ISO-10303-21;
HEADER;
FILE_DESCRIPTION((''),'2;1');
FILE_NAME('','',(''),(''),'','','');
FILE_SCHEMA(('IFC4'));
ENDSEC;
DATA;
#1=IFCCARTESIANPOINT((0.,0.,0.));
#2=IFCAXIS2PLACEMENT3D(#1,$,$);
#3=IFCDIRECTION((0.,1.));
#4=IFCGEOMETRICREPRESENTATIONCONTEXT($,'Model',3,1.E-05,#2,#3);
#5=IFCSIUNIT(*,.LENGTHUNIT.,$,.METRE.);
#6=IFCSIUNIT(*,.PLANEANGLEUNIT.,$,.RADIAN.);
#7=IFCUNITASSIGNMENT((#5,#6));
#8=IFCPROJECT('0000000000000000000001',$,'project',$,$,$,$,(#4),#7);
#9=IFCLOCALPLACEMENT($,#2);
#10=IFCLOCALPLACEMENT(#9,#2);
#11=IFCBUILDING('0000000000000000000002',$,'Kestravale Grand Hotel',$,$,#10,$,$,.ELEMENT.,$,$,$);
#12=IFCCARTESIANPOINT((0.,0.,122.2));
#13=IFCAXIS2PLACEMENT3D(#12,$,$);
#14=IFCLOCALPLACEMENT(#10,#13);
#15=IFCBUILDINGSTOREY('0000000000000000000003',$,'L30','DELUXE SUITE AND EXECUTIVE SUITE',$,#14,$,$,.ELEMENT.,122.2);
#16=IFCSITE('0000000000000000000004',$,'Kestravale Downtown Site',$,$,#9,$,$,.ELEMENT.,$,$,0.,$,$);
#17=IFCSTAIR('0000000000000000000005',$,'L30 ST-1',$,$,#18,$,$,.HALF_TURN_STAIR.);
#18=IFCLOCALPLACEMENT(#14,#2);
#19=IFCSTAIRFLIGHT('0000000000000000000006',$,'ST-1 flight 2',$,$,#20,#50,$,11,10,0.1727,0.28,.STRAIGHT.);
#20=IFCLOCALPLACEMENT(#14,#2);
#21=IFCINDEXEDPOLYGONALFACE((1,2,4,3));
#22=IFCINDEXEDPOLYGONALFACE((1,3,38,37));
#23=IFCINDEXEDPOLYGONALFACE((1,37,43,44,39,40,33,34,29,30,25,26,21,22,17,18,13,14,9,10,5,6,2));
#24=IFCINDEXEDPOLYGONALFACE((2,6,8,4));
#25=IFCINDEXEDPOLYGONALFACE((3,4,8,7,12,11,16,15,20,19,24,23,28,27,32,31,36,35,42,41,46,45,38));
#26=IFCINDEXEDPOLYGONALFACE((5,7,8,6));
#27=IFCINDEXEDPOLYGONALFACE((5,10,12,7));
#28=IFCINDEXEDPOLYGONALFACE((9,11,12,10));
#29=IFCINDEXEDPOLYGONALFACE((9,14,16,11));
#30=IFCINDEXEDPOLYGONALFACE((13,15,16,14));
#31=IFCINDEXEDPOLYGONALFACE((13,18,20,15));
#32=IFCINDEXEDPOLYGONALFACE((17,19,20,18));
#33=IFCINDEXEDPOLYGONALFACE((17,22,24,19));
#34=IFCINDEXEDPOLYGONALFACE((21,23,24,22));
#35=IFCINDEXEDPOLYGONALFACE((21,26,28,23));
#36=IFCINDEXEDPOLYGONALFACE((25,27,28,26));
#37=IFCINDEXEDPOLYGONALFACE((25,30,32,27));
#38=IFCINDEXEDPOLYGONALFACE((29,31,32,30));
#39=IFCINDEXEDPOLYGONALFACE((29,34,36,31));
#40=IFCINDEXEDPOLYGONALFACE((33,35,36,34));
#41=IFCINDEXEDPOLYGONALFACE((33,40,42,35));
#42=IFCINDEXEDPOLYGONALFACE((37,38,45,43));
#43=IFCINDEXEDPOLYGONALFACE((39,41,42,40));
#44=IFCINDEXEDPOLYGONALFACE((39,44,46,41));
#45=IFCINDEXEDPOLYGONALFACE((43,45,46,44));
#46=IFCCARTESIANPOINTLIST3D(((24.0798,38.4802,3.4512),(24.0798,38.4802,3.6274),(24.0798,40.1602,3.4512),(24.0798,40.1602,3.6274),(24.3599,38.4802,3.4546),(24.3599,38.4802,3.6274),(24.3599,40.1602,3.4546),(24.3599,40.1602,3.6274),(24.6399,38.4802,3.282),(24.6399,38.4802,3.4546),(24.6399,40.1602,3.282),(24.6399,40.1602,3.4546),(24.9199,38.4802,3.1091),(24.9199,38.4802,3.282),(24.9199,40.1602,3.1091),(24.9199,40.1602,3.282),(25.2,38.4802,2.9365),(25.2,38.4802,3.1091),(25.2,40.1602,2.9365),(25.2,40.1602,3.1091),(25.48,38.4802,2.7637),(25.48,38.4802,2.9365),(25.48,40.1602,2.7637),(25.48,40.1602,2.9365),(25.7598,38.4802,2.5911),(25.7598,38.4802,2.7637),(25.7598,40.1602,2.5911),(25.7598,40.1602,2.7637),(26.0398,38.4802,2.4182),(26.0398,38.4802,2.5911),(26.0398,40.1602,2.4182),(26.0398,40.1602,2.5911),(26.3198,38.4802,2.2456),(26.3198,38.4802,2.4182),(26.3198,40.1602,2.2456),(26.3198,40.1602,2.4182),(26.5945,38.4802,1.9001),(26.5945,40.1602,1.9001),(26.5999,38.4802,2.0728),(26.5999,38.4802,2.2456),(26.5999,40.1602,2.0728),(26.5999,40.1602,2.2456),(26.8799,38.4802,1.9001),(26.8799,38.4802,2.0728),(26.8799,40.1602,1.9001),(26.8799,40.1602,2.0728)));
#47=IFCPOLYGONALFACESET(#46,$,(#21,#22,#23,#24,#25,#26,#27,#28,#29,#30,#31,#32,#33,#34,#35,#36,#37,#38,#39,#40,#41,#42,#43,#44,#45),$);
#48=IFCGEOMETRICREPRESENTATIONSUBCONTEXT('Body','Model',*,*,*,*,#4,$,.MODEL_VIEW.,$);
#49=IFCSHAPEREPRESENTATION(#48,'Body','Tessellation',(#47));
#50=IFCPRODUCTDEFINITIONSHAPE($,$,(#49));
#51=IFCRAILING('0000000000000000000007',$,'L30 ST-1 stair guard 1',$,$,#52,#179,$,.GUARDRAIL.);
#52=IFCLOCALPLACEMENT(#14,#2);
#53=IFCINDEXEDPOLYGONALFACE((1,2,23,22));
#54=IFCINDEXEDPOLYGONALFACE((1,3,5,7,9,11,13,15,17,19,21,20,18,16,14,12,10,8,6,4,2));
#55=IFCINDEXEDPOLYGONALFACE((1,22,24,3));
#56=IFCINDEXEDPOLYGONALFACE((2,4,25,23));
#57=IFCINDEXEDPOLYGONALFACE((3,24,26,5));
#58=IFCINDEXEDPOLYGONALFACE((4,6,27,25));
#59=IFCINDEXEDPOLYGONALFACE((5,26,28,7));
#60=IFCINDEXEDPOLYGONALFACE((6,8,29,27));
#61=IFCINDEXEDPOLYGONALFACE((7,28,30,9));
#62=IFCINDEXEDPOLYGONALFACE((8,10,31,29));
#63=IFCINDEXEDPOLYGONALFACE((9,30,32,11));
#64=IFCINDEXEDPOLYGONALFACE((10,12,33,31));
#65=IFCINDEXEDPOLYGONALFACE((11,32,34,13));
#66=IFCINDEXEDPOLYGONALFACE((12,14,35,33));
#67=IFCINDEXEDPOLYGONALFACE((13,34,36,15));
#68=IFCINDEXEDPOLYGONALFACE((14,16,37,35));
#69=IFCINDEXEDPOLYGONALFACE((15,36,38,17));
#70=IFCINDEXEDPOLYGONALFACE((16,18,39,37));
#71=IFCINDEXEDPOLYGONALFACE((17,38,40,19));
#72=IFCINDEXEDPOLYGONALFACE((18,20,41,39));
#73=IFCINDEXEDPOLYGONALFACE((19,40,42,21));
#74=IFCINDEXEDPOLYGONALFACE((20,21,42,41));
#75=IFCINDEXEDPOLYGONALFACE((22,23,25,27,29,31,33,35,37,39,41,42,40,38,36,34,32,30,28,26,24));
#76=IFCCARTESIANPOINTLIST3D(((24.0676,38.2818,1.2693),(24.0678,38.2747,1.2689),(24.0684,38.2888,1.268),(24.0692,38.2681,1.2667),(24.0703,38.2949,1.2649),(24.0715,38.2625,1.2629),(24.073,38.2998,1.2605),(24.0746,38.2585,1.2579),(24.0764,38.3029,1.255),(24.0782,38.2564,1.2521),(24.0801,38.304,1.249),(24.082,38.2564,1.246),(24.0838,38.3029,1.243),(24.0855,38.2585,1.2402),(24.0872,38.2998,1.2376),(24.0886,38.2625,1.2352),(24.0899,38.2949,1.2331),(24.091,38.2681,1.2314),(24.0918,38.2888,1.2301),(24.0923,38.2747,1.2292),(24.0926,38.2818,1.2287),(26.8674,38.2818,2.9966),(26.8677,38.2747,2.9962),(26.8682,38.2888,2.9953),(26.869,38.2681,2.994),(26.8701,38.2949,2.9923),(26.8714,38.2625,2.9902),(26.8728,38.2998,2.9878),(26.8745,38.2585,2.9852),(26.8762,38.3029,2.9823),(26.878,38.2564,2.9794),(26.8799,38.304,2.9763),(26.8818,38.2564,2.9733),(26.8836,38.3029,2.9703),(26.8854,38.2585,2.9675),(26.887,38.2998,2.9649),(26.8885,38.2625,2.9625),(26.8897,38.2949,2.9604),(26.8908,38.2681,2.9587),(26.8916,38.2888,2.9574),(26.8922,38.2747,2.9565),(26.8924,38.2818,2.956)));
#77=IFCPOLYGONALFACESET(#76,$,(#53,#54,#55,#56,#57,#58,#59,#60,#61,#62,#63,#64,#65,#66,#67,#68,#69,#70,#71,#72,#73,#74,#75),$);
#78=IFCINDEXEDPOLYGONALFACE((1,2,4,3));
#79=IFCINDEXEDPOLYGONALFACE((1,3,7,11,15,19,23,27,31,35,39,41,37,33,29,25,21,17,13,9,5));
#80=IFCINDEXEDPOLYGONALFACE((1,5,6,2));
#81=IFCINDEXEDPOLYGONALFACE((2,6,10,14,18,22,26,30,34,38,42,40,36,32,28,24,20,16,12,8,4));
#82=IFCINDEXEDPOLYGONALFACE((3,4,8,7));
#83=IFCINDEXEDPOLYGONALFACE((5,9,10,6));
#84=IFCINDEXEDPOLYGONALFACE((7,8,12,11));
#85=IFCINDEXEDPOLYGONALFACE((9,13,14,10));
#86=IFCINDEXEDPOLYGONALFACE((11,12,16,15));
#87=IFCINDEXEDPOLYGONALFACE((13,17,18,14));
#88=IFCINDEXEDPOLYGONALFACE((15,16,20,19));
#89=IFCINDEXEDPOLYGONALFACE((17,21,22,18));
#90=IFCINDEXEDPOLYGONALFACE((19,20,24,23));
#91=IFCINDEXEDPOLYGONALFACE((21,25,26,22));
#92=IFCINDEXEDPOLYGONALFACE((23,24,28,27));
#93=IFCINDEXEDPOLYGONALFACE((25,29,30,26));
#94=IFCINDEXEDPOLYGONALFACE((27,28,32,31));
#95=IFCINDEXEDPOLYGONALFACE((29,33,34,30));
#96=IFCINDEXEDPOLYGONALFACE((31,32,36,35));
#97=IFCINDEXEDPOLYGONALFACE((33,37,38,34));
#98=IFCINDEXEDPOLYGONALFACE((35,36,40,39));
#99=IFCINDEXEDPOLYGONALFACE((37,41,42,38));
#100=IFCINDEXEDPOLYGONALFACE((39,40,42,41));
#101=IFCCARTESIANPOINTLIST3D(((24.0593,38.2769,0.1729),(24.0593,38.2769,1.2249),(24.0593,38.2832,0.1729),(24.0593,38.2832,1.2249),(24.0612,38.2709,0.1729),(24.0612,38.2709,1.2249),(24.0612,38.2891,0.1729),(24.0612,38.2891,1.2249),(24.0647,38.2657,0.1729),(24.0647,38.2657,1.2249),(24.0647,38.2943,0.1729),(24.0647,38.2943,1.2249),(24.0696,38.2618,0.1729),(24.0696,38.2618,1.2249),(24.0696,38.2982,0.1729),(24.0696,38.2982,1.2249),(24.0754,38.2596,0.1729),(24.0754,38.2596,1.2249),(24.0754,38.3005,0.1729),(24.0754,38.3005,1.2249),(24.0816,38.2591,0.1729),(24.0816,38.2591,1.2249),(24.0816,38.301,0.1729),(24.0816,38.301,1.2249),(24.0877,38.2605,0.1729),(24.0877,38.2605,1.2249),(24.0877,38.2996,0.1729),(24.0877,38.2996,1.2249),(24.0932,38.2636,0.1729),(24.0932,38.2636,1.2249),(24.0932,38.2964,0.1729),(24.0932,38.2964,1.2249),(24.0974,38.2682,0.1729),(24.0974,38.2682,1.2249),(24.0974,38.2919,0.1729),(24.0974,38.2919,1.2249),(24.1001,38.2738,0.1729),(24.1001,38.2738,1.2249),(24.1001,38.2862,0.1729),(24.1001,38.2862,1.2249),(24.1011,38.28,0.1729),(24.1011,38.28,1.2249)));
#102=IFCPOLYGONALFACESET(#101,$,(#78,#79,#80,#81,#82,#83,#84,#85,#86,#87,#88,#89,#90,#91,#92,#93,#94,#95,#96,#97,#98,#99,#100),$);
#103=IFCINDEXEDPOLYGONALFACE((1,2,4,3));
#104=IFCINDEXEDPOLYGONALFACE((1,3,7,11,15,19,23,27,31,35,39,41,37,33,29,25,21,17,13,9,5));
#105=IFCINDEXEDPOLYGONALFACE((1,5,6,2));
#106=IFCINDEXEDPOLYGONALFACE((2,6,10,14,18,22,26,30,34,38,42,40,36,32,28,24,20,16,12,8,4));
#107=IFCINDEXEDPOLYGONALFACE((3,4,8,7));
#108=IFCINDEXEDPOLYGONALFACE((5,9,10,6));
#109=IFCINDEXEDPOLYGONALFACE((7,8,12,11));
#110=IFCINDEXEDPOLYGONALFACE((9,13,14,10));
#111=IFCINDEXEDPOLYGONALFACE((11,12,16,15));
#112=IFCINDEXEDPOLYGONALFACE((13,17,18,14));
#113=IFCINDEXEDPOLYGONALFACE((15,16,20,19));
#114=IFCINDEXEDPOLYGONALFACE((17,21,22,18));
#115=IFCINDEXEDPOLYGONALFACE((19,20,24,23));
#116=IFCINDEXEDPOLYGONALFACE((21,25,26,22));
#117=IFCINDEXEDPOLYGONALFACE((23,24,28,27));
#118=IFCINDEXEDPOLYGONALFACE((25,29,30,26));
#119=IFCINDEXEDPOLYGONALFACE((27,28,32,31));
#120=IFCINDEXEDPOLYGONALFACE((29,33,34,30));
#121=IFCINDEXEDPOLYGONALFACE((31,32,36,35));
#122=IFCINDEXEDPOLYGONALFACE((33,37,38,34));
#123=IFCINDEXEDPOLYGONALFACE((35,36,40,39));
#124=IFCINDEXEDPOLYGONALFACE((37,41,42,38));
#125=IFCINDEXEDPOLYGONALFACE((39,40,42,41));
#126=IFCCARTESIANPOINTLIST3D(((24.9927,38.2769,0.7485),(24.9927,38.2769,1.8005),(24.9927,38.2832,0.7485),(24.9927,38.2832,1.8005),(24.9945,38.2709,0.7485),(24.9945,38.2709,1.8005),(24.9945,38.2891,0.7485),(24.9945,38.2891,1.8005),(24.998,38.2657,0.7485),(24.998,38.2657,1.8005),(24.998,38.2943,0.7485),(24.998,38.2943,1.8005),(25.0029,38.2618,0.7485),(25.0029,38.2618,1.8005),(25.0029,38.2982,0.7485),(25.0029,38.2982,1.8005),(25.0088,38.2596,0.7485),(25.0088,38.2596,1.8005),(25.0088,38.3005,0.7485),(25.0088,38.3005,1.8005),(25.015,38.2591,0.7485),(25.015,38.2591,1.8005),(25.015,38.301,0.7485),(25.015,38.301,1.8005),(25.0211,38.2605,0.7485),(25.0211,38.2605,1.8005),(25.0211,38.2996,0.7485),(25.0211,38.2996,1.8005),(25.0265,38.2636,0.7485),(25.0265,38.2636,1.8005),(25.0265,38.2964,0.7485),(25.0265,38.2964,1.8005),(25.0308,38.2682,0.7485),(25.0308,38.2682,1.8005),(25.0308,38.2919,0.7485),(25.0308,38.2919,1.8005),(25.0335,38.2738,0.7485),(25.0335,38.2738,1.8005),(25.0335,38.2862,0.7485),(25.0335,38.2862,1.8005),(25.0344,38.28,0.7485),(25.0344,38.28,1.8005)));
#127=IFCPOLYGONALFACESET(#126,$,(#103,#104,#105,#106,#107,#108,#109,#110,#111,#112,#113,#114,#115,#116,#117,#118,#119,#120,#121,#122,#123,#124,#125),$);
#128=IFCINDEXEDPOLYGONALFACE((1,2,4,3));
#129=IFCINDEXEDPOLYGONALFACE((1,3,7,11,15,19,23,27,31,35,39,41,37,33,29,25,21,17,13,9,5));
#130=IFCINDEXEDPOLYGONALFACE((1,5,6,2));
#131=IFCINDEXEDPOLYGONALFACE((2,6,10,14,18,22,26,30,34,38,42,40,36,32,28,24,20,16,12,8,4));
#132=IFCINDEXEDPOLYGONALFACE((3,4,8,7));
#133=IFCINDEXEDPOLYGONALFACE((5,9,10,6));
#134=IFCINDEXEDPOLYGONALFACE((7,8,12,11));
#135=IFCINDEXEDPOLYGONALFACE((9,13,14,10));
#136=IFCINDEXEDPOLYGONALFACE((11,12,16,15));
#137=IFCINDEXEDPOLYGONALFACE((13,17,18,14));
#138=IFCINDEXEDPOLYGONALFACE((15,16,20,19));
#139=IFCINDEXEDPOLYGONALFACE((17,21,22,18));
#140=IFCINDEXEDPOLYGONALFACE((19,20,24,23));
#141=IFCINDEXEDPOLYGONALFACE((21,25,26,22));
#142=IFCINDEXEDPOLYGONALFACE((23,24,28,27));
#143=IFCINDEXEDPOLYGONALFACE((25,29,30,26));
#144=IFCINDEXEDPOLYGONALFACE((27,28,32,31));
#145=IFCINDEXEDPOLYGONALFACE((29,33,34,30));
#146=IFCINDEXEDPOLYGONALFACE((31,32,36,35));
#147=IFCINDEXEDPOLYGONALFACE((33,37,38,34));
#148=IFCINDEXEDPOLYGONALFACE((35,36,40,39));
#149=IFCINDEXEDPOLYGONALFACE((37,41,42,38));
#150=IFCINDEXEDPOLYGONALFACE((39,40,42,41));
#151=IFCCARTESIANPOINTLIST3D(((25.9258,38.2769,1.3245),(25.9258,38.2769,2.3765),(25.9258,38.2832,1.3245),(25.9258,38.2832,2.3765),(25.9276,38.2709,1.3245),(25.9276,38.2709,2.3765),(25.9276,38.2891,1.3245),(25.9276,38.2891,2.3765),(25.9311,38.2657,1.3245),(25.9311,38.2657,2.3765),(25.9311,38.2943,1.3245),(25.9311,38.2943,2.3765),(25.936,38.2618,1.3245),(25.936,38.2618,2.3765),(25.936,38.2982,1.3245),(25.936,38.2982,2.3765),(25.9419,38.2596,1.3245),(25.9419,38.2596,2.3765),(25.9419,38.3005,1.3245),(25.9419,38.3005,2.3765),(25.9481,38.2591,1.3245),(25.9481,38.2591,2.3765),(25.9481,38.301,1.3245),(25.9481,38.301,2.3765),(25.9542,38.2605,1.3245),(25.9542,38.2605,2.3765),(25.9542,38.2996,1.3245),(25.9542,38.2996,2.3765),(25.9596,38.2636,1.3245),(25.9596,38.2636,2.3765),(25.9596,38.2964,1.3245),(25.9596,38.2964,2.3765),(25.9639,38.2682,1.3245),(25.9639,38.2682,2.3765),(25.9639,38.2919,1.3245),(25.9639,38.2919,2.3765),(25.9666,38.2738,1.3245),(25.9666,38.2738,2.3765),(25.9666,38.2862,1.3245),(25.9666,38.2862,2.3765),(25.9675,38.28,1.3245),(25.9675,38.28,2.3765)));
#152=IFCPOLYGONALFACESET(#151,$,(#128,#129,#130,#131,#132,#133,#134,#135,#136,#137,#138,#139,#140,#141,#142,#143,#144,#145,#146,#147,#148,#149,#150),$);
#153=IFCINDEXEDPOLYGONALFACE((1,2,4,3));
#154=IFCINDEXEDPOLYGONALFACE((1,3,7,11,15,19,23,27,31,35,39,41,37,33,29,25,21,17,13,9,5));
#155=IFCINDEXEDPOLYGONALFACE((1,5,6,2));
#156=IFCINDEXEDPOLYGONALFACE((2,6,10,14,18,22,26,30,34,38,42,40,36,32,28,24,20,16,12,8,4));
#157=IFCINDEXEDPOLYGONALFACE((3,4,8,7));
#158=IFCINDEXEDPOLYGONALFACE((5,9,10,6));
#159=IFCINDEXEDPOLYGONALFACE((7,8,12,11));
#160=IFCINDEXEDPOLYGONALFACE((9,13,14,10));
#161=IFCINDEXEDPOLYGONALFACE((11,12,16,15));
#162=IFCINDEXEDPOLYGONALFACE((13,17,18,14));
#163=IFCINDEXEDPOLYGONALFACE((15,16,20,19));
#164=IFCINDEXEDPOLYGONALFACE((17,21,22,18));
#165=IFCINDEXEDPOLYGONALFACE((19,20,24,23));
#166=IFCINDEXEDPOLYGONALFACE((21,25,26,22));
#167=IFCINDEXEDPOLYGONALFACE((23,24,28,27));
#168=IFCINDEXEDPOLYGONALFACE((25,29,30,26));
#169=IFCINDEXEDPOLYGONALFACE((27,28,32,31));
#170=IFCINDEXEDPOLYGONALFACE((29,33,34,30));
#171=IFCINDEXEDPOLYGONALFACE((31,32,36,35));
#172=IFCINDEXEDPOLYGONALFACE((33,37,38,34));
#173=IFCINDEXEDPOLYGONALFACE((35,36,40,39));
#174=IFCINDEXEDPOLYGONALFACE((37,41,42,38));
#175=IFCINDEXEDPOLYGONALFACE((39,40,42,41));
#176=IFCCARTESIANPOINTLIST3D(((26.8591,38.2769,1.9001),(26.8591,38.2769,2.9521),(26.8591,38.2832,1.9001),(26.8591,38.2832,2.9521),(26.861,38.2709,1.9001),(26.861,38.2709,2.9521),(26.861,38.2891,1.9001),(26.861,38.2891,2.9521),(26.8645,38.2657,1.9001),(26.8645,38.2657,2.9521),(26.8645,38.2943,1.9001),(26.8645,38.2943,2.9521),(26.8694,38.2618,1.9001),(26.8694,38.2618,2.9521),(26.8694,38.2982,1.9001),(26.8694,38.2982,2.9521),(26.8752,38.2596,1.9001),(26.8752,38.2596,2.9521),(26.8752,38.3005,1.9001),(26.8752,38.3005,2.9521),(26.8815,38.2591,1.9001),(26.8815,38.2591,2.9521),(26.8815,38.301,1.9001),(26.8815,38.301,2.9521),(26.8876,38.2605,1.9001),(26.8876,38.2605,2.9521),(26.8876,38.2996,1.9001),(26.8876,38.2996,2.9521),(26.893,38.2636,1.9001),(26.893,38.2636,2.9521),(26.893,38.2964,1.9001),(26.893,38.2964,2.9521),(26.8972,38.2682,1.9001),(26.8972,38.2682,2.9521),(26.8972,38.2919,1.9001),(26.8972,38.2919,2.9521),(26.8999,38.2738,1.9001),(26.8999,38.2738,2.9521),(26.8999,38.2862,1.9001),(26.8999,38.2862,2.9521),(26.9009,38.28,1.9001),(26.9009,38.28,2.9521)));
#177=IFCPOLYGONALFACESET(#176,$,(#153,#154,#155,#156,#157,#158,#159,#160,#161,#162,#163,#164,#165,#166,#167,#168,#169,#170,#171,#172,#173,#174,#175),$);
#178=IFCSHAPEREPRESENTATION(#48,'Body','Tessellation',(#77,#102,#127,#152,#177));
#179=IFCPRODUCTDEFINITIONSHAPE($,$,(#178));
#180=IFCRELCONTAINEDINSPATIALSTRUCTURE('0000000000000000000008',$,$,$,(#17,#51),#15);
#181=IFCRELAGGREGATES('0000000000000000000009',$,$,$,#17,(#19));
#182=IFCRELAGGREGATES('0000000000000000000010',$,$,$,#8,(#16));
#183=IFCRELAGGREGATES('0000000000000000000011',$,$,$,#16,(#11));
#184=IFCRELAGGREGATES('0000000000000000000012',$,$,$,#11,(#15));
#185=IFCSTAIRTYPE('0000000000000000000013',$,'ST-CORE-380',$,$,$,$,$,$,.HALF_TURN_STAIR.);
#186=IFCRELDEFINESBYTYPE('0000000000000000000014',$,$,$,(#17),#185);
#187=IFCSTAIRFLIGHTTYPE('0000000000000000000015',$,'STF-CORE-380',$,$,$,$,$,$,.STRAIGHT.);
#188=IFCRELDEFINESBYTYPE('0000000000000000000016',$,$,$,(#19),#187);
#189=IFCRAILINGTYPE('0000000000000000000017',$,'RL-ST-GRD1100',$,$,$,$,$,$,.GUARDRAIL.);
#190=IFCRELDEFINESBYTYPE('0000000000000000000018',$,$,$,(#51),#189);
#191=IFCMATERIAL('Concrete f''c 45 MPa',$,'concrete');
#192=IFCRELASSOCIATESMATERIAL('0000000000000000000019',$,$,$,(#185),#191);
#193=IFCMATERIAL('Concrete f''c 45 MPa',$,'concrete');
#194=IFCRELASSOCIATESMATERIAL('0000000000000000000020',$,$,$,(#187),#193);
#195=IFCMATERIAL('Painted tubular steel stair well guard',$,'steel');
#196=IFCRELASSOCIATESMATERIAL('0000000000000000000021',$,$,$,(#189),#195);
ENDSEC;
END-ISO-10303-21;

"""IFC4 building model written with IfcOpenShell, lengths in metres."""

from ifc_helpers import new_model, si_unit, direction, frame, origin, origin_2d, place, context, subcontext, project, spatial, polyline, circle, outline, extrude, material, type_object, element, aggregate, save


model = new_model("IFC4")

# Units and contexts
model_context = context("Model", 3, precision=1e-05, world=origin(), true_north=direction((0.0, 1.0)))
body_context = subcontext(model_context, "Body", "Model", "MODEL_VIEW")
ifc_project = project(units=[si_unit("LENGTHUNIT", "METRE"), si_unit("PLANEANGLEUNIT", "RADIAN")], contexts=[model_context])

# Site, building, storey
site_placement = place(None, origin())
site = spatial("IfcSite", under=ifc_project, at=site_placement, Name="Kestravale Downtown Site", CompositionType="ELEMENT", RefElevation=0.0)
building_placement = place(site_placement, origin())
building = spatial("IfcBuilding", under=site, at=building_placement, Name="Kestravale Grand Hotel", CompositionType="ELEMENT")
storey_placement = place(building_placement, frame((0.0, 0.0, 122.2)))
storey = spatial("IfcBuildingStorey", under=building, at=storey_placement, Name="L30", Description="DELUXE SUITE AND EXECUTIVE SUITE", CompositionType="ELEMENT", Elevation=122.2)

# Stair, stair flight
ifc_material_1 = material(Name="Concrete f'c 45 MPa", Category="concrete")
stair_type = type_object("IfcStairType", Name="ST-CORE-380", PredefinedType="HALF_TURN_STAIR", material=ifc_material_1)
stair_placement = place(storey_placement, origin())
stair = element("IfcStair", 1, at=stair_placement, inside=storey, type_object=stair_type, Name="L30 ST-1", PredefinedType="HALF_TURN_STAIR")
ifc_material_2 = material(Name="Concrete f'c 45 MPa", Category="concrete")
stair_flight_type = type_object("IfcStairFlightType", Name="STF-CORE-380", PredefinedType="STRAIGHT", material=ifc_material_2)
stair_flight_1_placement = place(storey_placement, frame((26.8799, 39.3201, 1.9001), z_axis=(0.0, 0.0, 1.0), x_axis=(-1.0, 0.0, 0.0)))
stair_flight_1 = element("IfcStairFlight", 2, at=stair_flight_1_placement, type_object=stair_flight_type, Name="ST-1 flight 2", NumberOfRisers=11, NumberOfTreads=10, PredefinedType="STRAIGHT", RiserHeight=0.1727, TreadLength=0.28, context=body_context, shape_type="SweptSolid", body=[
    extrude(outline(polyline([(0.0, 0.0), (0.0, 0.1726), (0.28, 0.1726), (0.28, 0.3455), (0.5601, 0.3455), (0.5601, 0.5181), (0.8401, 0.5181), (0.8401, 0.6909), (1.1201, 0.6909), (1.1201, 0.8635), (1.3999, 0.8635), (1.3999, 1.0364), (1.6799, 1.0364), (1.6799, 1.209), (1.96, 1.209), (1.96, 1.3818), (2.24, 1.3818), (2.24, 1.5544), (2.52, 1.5544), (2.52, 1.7273), (2.8, 1.7273), (2.8, 1.8999), (2.8, 1.551), (0.2854, 0.0), (0.0, 0.0)])), frame((0.0, 0.8398, 0.0), z_axis=(0.0, -1.0, 0.0), x_axis=(1.0, 0.0, 0.0)), (0.0, 0.0, 1.0), 1.6799),
])
aggregate(stair, [stair_flight_1])

# Railing
ifc_material_3 = material(Name="Painted tubular steel stair well guard", Category="steel")
railing_type_1 = type_object("IfcRailingType", Name="RL-ST-GRD1100", PredefinedType="GUARDRAIL", material=ifc_material_3)
railing_1_placement = place(storey_placement, frame((24.0801, 38.28, 0.1729)))
element("IfcRailing", 3, at=railing_1_placement, inside=storey, type_object=railing_type_1, Name="L30 ST-1 stair guard 1", PredefinedType="GUARDRAIL", context=body_context, shape_type="SweptSolid", body=[
    extrude(circle(Radius=0.0239, at=origin_2d()), frame((0.0, 0.0, 1.0762), z_axis=(0.851069, 0.0, 0.525054), x_axis=(0.0, 1.0, 0.0)), (0.0, 0.0, 1.0), 3.2898),
    extrude(circle(Radius=0.021, at=origin_2d()), origin(), (0.0, 0.0, 1.0), 1.052),
    extrude(circle(Radius=0.021, at=origin_2d()), frame((0.9333, 0.0, 0.5757)), (0.0, 0.0, 1.0), 1.052),
    extrude(circle(Radius=0.021, at=origin_2d()), frame((1.8665, 0.0, 1.1516)), (0.0, 0.0, 1.0), 1.052),
    extrude(circle(Radius=0.021, at=origin_2d()), frame((2.7998, 0.0, 1.7273)), (0.0, 0.0, 1.0), 1.052),
])

save(model, "model.ifc")
